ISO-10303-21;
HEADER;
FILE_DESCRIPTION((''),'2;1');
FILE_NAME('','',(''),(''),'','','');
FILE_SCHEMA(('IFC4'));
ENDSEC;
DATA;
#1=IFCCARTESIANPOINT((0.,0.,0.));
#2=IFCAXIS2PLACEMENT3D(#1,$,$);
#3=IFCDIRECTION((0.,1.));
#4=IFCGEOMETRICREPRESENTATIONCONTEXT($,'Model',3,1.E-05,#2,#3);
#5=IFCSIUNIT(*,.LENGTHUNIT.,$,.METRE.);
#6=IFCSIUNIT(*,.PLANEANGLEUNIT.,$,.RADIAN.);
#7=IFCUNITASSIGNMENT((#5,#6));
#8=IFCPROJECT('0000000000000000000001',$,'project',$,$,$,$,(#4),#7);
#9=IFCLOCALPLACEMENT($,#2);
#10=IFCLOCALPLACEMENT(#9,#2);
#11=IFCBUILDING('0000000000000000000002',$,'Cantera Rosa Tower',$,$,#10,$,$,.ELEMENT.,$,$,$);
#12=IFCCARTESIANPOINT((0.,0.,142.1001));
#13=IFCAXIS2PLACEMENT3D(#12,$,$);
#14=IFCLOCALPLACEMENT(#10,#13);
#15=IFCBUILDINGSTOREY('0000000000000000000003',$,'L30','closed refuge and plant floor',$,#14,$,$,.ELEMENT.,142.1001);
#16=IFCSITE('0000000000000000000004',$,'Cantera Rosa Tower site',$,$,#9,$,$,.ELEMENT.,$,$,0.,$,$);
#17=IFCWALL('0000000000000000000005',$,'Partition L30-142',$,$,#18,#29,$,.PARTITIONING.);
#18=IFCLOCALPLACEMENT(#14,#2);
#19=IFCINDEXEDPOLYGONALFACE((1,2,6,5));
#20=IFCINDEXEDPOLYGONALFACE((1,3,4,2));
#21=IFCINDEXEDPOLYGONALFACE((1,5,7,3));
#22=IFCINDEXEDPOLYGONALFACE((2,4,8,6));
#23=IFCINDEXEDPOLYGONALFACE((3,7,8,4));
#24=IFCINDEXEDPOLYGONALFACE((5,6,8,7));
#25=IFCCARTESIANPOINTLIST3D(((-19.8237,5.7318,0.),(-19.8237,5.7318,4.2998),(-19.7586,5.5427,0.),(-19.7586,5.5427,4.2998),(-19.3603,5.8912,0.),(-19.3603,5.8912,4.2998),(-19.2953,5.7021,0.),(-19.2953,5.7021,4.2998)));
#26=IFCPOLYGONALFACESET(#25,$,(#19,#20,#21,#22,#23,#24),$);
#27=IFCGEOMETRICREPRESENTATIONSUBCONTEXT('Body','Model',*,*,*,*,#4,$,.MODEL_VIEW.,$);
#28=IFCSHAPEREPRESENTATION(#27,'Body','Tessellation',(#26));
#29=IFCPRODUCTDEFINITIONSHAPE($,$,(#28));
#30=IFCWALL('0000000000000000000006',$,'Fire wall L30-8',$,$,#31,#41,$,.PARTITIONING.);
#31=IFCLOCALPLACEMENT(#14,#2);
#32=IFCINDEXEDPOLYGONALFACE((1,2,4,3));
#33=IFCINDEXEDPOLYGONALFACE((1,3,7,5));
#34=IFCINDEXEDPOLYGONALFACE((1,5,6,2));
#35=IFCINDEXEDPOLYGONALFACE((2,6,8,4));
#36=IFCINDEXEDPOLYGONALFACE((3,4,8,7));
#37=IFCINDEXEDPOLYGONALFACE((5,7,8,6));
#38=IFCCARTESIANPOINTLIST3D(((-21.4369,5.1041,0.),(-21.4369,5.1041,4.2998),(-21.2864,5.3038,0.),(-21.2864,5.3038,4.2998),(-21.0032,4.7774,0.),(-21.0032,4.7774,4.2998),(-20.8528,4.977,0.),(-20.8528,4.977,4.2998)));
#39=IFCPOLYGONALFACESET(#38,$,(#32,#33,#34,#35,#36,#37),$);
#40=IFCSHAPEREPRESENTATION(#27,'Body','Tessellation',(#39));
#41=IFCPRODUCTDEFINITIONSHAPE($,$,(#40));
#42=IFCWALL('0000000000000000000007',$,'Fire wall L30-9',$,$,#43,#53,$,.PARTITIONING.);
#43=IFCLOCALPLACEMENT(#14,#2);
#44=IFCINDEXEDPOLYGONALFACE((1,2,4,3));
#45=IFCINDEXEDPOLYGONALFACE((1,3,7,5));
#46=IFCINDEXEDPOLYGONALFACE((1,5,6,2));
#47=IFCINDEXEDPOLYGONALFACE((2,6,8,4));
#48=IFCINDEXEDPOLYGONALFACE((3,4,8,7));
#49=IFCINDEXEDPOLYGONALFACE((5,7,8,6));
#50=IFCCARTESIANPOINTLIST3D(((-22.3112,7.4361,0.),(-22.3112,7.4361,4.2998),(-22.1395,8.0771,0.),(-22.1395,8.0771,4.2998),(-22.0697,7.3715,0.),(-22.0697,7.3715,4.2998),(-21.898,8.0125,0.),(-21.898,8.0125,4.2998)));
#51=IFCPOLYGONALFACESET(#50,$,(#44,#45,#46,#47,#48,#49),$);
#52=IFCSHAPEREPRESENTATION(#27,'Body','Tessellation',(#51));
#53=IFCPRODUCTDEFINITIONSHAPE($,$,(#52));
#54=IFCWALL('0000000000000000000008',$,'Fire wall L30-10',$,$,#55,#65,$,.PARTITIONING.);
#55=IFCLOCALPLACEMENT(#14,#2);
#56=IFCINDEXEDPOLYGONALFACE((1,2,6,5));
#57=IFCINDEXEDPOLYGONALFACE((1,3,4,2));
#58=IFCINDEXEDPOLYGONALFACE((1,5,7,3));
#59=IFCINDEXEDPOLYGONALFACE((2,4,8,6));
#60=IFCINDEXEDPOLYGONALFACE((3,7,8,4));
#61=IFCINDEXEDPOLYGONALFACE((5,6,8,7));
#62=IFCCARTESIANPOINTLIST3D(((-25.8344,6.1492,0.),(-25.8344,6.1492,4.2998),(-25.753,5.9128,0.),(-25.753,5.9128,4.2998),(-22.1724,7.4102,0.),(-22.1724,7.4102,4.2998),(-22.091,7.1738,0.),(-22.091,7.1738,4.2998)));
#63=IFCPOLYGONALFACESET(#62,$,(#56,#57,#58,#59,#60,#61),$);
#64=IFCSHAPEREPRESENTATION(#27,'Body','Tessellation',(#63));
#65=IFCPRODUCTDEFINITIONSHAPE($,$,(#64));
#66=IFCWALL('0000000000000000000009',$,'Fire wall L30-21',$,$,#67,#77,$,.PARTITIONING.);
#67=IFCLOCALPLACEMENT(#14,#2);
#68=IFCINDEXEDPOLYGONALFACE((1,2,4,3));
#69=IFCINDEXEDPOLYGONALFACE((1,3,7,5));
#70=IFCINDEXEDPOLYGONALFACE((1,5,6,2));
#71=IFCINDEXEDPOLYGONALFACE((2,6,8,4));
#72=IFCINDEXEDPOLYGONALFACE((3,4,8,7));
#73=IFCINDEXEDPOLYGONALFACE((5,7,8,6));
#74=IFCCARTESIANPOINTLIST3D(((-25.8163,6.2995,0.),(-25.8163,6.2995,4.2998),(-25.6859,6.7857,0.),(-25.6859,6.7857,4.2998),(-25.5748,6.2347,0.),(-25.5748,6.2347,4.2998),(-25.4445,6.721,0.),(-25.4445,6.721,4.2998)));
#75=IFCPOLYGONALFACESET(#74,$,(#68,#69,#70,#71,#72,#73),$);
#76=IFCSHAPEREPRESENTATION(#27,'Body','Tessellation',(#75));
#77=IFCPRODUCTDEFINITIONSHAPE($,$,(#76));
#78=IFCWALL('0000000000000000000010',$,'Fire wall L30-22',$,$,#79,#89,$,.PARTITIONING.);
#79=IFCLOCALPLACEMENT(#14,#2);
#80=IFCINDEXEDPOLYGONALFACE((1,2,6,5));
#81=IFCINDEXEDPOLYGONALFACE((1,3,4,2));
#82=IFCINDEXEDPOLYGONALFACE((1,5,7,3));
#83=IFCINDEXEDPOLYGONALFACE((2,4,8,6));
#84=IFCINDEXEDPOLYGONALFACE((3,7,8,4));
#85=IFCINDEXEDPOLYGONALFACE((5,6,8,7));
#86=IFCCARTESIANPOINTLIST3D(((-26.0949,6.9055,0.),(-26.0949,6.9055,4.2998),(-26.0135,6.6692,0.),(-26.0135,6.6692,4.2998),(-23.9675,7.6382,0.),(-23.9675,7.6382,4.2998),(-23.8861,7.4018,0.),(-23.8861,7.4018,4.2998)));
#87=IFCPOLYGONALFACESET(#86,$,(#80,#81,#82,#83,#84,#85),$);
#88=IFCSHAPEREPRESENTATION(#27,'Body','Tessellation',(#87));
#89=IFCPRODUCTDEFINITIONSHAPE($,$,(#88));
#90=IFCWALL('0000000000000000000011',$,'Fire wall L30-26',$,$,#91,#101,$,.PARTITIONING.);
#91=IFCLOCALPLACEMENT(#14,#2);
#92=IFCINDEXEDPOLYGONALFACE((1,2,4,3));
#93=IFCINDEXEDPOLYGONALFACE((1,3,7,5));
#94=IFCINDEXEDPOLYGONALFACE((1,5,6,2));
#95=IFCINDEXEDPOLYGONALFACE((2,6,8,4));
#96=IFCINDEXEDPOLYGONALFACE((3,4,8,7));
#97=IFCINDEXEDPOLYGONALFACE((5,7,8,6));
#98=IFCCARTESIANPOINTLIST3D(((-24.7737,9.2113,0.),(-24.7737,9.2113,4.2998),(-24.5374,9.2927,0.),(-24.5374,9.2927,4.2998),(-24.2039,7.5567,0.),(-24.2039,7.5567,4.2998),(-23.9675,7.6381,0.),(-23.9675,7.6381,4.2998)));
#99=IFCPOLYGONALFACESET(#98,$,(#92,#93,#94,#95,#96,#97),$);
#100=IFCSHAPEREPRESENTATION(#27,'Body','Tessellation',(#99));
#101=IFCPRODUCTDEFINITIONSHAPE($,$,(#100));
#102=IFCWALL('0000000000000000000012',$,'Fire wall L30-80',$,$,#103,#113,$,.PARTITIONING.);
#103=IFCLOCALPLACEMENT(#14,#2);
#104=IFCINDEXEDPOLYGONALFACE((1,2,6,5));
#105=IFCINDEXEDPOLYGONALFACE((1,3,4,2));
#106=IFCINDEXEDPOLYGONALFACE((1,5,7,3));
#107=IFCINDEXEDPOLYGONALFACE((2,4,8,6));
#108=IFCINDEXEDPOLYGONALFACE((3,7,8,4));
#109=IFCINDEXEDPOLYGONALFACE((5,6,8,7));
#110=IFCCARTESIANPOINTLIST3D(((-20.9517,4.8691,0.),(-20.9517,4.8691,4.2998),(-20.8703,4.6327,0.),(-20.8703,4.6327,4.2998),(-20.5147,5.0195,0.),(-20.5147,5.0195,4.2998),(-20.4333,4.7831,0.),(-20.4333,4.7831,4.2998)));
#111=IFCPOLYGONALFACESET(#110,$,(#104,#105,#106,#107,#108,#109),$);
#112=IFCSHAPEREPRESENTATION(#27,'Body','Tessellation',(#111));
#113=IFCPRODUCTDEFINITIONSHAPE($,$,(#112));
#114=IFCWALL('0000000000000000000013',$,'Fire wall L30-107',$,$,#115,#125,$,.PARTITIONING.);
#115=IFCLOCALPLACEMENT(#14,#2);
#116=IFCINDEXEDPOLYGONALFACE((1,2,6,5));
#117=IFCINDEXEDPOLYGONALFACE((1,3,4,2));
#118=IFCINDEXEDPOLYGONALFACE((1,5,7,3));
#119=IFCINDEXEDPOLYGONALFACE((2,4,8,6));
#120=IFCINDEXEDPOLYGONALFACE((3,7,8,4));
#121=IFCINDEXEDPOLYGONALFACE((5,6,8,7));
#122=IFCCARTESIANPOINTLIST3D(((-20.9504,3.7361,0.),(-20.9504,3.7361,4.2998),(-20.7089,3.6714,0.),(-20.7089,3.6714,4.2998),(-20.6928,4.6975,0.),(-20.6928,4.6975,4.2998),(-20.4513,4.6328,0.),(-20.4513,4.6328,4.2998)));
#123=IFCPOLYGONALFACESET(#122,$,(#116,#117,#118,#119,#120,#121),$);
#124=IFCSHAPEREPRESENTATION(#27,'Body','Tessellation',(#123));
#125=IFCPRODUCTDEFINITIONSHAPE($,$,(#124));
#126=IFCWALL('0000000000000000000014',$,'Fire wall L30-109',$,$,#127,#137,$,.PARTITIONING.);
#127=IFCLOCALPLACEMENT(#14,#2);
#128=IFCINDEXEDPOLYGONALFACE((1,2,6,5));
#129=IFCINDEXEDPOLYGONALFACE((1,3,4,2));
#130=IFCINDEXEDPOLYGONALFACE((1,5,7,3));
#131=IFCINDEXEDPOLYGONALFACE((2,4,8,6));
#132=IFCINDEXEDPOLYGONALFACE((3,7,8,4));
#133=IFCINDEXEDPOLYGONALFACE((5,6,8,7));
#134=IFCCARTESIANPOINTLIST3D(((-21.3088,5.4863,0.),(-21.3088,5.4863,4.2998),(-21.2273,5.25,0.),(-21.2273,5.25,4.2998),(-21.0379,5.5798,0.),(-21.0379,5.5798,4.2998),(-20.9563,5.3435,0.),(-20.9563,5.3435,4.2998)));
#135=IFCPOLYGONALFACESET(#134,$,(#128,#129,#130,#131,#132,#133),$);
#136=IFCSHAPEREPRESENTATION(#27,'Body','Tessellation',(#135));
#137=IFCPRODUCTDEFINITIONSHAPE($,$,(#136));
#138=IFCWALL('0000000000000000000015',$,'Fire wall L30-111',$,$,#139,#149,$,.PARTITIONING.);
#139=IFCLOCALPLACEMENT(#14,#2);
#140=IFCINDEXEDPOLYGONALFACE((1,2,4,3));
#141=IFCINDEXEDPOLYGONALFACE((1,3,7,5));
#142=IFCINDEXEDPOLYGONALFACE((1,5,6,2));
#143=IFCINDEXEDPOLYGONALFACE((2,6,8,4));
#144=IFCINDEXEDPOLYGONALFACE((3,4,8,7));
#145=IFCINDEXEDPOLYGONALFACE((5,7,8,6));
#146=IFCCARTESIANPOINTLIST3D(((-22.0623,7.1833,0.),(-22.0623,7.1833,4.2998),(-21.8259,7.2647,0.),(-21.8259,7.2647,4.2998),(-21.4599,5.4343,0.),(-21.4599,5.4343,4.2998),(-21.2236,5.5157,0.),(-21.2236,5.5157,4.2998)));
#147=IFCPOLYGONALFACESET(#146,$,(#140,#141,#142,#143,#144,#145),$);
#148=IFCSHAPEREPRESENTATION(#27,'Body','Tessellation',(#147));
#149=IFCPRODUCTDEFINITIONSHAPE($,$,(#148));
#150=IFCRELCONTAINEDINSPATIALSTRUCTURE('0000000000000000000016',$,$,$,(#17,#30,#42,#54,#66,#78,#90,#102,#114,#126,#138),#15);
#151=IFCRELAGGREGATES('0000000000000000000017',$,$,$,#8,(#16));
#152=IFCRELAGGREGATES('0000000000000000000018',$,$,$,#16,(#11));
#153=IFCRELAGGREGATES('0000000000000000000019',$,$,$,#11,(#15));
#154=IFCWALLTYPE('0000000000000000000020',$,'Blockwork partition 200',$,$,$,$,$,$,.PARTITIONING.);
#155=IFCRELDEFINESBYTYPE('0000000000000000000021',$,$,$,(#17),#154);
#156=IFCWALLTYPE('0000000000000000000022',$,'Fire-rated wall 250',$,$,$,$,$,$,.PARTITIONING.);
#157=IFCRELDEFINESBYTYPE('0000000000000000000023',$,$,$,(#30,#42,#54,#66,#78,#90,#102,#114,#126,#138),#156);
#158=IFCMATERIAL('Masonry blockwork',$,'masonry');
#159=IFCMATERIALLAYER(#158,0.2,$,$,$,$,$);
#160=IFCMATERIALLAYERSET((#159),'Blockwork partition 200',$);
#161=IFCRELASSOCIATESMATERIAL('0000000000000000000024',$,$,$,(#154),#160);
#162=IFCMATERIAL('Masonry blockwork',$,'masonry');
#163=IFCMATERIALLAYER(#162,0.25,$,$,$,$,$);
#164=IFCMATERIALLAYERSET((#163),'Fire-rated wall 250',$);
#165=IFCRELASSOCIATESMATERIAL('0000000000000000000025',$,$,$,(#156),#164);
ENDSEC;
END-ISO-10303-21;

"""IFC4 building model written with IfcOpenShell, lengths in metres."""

from ifc_helpers import new_model, si_unit, direction, frame, frame_2d, origin, place, context, subcontext, project, spatial, rectangle, extrude, material, layer, layer_set, type_object, element, save


model = new_model("IFC4")

# Units and contexts
model_context = context("Model", 3, precision=1e-05, world=origin(), true_north=direction((0.0, 1.0)))
body_context = subcontext(model_context, "Body", "Model", "MODEL_VIEW")
ifc_project = project(units=[si_unit("LENGTHUNIT", "METRE"), si_unit("PLANEANGLEUNIT", "RADIAN")], contexts=[model_context])

# Site, building, storey
site_placement = place(None, origin())
site = spatial("IfcSite", under=ifc_project, at=site_placement, Name="Cantera Rosa Tower site", CompositionType="ELEMENT", RefElevation=0.0)
building_placement = place(site_placement, origin())
building = spatial("IfcBuilding", under=site, at=building_placement, Name="Cantera Rosa Tower", CompositionType="ELEMENT")
storey_placement = place(building_placement, frame((0.0, 0.0, 142.1001)))
storey = spatial("IfcBuildingStorey", under=building, at=storey_placement, Name="L30", Description="closed refuge and plant floor", CompositionType="ELEMENT", Elevation=142.1001)

# Walls
ifc_material_1 = material(Name="Masonry blockwork", Category="masonry")
ifc_layer_1 = layer(ifc_material_1, 0.2)
ifc_layer_set_1 = layer_set([ifc_layer_1], Name="Blockwork partition 200")
wall_type_1 = type_object("IfcWallType", Name="Blockwork partition 200", PredefinedType="PARTITIONING", material=ifc_layer_set_1)
wall_1_placement = place(storey_placement, frame((-19.7913, 5.6372, 0.0), z_axis=(0.0, 0.0, 1.0), x_axis=(0.9456, 0.32533, 0.0)))
element("IfcWall", 1, at=wall_1_placement, inside=storey, type_object=wall_type_1, Name="Partition L30-142", PredefinedType="PARTITIONING", context=body_context, shape_type="SweptSolid", body=[
    extrude(rectangle(XDim=0.49, YDim=0.2, at=frame_2d((0.2451, 0.0))), origin(), (0.0, 0.0, 1.0), 4.2998),
])
ifc_material_2 = material(Name="Masonry blockwork", Category="masonry")
ifc_layer_2 = layer(ifc_material_2, 0.25)
ifc_layer_set_2 = layer_set([ifc_layer_2], Name="Fire-rated wall 250")
wall_type_2 = type_object("IfcWallType", Name="Fire-rated wall 250", PredefinedType="PARTITIONING", material=ifc_layer_set_2)
wall_2_placement = place(storey_placement, frame((-20.928, 4.8772, 0.0), z_axis=(0.0, 0.0, 1.0), x_axis=(-0.798703, 0.601726, 0.0)))
element("IfcWall", 2, at=wall_2_placement, inside=storey, type_object=wall_type_2, Name="Fire wall L30-8", PredefinedType="PARTITIONING", context=body_context, shape_type="SweptSolid", body=[
    extrude(rectangle(XDim=0.543, YDim=0.25, at=frame_2d((0.2715, 0.0))), origin(), (0.0, 0.0, 1.0), 4.2998),
])
wall_3_placement = place(storey_placement, frame((-22.1904, 7.4038, 0.0), z_axis=(0.0, 0.0, 1.0), x_axis=(0.258693, 0.96596, 0.0)))
element("IfcWall", 3, at=wall_3_placement, inside=storey, type_object=wall_type_2, Name="Fire wall L30-9", PredefinedType="PARTITIONING", context=body_context, shape_type="SweptSolid", body=[
    extrude(rectangle(XDim=0.6636, YDim=0.25, at=frame_2d((0.3318, 0.0))), origin(), (0.0, 0.0, 1.0), 4.2998),
])
wall_4_placement = place(storey_placement, frame((-25.7937, 6.031, 0.0), z_axis=(0.0, 0.0, 1.0), x_axis=(0.945517, 0.325573, 0.0)))
element("IfcWall", 4, at=wall_4_placement, inside=storey, type_object=wall_type_2, Name="Fire wall L30-10", PredefinedType="PARTITIONING", context=body_context, shape_type="SweptSolid", body=[
    extrude(rectangle(XDim=3.873, YDim=0.25, at=frame_2d((1.9365, 0.0))), origin(), (0.0, 0.0, 1.0), 4.2998),
])
wall_5_placement = place(storey_placement, frame((-25.6956, 6.2671, 0.0), z_axis=(0.0, 0.0, 1.0), x_axis=(0.25893, 0.965896, 0.0)))
element("IfcWall", 5, at=wall_5_placement, inside=storey, type_object=wall_type_2, Name="Fire wall L30-21", PredefinedType="PARTITIONING", context=body_context, shape_type="SweptSolid", body=[
    extrude(rectangle(XDim=0.5034, YDim=0.25, at=frame_2d((0.2517, 0.0))), origin(), (0.0, 0.0, 1.0), 4.2998),
])
wall_6_placement = place(storey_placement, frame((-26.0542, 6.7874, 0.0), z_axis=(0.0, 0.0, 1.0), x_axis=(0.945501, 0.325619, 0.0)))
element("IfcWall", 6, at=wall_6_placement, inside=storey, type_object=wall_type_2, Name="Fire wall L30-22", PredefinedType="PARTITIONING", context=body_context, shape_type="SweptSolid", body=[
    extrude(rectangle(XDim=2.25, YDim=0.25, at=frame_2d((1.125, 0.0))), origin(), (0.0, 0.0, 1.0), 4.2998),
])
wall_7_placement = place(storey_placement, frame((-24.0857, 7.5974, 0.0), z_axis=(0.0, 0.0, 1.0), x_axis=(-0.325629, 0.945497, 0.0)))
element("IfcWall", 7, at=wall_7_placement, inside=storey, type_object=wall_type_2, Name="Fire wall L30-26", PredefinedType="PARTITIONING", context=body_context, shape_type="SweptSolid", body=[
    extrude(rectangle(XDim=1.75, YDim=0.25, at=frame_2d((0.875, 0.0))), origin(), (0.0, 0.0, 1.0), 4.2998),
])
wall_8_placement = place(storey_placement, frame((-20.9109, 4.751, 0.0), z_axis=(0.0, 0.0, 1.0), x_axis=(0.945575, 0.325405, 0.0)))
element("IfcWall", 8, at=wall_8_placement, inside=storey, type_object=wall_type_2, Name="Fire wall L30-80", PredefinedType="PARTITIONING", context=body_context, shape_type="SweptSolid", body=[
    extrude(rectangle(XDim=0.4622, YDim=0.25, at=frame_2d((0.231, 0.0))), origin(), (0.0, 0.0, 1.0), 4.2998),
])
wall_9_placement = place(storey_placement, frame((-20.8296, 3.7039, 0.0), z_axis=(0.0, 0.0, 1.0), x_axis=(0.258777, 0.965937, 0.0)))
element("IfcWall", 9, at=wall_9_placement, inside=storey, type_object=wall_type_2, Name="Fire wall L30-107", PredefinedType="PARTITIONING", context=body_context, shape_type="SweptSolid", body=[
    extrude(rectangle(XDim=0.9954, YDim=0.25, at=frame_2d((0.4976, 0.0))), origin(), (0.0, 0.0, 1.0), 4.2998),
])
wall_10_placement = place(storey_placement, frame((-21.2681, 5.3682, 0.0), z_axis=(0.0, 0.0, 1.0), x_axis=(0.94531, 0.326174, 0.0)))
element("IfcWall", 10, at=wall_10_placement, inside=storey, type_object=wall_type_2, Name="Fire wall L30-109", PredefinedType="PARTITIONING", context=body_context, shape_type="SweptSolid", body=[
    extrude(rectangle(XDim=0.2866, YDim=0.25, at=frame_2d((0.1433, 0.0))), origin(), (0.0, 0.0, 1.0), 4.2998),
])
wall_11_placement = place(storey_placement, frame((-21.3418, 5.4751, 0.0), z_axis=(0.0, 0.0, 1.0), x_axis=(-0.325596, 0.945509, 0.0)))
element("IfcWall", 11, at=wall_11_placement, inside=storey, type_object=wall_type_2, Name="Fire wall L30-111", PredefinedType="PARTITIONING", context=body_context, shape_type="SweptSolid", body=[
    extrude(rectangle(XDim=1.8499, YDim=0.25, at=frame_2d((0.9248, 0.0))), origin(), (0.0, 0.0, 1.0), 4.2998),
])

save(model, "model.ifc")
